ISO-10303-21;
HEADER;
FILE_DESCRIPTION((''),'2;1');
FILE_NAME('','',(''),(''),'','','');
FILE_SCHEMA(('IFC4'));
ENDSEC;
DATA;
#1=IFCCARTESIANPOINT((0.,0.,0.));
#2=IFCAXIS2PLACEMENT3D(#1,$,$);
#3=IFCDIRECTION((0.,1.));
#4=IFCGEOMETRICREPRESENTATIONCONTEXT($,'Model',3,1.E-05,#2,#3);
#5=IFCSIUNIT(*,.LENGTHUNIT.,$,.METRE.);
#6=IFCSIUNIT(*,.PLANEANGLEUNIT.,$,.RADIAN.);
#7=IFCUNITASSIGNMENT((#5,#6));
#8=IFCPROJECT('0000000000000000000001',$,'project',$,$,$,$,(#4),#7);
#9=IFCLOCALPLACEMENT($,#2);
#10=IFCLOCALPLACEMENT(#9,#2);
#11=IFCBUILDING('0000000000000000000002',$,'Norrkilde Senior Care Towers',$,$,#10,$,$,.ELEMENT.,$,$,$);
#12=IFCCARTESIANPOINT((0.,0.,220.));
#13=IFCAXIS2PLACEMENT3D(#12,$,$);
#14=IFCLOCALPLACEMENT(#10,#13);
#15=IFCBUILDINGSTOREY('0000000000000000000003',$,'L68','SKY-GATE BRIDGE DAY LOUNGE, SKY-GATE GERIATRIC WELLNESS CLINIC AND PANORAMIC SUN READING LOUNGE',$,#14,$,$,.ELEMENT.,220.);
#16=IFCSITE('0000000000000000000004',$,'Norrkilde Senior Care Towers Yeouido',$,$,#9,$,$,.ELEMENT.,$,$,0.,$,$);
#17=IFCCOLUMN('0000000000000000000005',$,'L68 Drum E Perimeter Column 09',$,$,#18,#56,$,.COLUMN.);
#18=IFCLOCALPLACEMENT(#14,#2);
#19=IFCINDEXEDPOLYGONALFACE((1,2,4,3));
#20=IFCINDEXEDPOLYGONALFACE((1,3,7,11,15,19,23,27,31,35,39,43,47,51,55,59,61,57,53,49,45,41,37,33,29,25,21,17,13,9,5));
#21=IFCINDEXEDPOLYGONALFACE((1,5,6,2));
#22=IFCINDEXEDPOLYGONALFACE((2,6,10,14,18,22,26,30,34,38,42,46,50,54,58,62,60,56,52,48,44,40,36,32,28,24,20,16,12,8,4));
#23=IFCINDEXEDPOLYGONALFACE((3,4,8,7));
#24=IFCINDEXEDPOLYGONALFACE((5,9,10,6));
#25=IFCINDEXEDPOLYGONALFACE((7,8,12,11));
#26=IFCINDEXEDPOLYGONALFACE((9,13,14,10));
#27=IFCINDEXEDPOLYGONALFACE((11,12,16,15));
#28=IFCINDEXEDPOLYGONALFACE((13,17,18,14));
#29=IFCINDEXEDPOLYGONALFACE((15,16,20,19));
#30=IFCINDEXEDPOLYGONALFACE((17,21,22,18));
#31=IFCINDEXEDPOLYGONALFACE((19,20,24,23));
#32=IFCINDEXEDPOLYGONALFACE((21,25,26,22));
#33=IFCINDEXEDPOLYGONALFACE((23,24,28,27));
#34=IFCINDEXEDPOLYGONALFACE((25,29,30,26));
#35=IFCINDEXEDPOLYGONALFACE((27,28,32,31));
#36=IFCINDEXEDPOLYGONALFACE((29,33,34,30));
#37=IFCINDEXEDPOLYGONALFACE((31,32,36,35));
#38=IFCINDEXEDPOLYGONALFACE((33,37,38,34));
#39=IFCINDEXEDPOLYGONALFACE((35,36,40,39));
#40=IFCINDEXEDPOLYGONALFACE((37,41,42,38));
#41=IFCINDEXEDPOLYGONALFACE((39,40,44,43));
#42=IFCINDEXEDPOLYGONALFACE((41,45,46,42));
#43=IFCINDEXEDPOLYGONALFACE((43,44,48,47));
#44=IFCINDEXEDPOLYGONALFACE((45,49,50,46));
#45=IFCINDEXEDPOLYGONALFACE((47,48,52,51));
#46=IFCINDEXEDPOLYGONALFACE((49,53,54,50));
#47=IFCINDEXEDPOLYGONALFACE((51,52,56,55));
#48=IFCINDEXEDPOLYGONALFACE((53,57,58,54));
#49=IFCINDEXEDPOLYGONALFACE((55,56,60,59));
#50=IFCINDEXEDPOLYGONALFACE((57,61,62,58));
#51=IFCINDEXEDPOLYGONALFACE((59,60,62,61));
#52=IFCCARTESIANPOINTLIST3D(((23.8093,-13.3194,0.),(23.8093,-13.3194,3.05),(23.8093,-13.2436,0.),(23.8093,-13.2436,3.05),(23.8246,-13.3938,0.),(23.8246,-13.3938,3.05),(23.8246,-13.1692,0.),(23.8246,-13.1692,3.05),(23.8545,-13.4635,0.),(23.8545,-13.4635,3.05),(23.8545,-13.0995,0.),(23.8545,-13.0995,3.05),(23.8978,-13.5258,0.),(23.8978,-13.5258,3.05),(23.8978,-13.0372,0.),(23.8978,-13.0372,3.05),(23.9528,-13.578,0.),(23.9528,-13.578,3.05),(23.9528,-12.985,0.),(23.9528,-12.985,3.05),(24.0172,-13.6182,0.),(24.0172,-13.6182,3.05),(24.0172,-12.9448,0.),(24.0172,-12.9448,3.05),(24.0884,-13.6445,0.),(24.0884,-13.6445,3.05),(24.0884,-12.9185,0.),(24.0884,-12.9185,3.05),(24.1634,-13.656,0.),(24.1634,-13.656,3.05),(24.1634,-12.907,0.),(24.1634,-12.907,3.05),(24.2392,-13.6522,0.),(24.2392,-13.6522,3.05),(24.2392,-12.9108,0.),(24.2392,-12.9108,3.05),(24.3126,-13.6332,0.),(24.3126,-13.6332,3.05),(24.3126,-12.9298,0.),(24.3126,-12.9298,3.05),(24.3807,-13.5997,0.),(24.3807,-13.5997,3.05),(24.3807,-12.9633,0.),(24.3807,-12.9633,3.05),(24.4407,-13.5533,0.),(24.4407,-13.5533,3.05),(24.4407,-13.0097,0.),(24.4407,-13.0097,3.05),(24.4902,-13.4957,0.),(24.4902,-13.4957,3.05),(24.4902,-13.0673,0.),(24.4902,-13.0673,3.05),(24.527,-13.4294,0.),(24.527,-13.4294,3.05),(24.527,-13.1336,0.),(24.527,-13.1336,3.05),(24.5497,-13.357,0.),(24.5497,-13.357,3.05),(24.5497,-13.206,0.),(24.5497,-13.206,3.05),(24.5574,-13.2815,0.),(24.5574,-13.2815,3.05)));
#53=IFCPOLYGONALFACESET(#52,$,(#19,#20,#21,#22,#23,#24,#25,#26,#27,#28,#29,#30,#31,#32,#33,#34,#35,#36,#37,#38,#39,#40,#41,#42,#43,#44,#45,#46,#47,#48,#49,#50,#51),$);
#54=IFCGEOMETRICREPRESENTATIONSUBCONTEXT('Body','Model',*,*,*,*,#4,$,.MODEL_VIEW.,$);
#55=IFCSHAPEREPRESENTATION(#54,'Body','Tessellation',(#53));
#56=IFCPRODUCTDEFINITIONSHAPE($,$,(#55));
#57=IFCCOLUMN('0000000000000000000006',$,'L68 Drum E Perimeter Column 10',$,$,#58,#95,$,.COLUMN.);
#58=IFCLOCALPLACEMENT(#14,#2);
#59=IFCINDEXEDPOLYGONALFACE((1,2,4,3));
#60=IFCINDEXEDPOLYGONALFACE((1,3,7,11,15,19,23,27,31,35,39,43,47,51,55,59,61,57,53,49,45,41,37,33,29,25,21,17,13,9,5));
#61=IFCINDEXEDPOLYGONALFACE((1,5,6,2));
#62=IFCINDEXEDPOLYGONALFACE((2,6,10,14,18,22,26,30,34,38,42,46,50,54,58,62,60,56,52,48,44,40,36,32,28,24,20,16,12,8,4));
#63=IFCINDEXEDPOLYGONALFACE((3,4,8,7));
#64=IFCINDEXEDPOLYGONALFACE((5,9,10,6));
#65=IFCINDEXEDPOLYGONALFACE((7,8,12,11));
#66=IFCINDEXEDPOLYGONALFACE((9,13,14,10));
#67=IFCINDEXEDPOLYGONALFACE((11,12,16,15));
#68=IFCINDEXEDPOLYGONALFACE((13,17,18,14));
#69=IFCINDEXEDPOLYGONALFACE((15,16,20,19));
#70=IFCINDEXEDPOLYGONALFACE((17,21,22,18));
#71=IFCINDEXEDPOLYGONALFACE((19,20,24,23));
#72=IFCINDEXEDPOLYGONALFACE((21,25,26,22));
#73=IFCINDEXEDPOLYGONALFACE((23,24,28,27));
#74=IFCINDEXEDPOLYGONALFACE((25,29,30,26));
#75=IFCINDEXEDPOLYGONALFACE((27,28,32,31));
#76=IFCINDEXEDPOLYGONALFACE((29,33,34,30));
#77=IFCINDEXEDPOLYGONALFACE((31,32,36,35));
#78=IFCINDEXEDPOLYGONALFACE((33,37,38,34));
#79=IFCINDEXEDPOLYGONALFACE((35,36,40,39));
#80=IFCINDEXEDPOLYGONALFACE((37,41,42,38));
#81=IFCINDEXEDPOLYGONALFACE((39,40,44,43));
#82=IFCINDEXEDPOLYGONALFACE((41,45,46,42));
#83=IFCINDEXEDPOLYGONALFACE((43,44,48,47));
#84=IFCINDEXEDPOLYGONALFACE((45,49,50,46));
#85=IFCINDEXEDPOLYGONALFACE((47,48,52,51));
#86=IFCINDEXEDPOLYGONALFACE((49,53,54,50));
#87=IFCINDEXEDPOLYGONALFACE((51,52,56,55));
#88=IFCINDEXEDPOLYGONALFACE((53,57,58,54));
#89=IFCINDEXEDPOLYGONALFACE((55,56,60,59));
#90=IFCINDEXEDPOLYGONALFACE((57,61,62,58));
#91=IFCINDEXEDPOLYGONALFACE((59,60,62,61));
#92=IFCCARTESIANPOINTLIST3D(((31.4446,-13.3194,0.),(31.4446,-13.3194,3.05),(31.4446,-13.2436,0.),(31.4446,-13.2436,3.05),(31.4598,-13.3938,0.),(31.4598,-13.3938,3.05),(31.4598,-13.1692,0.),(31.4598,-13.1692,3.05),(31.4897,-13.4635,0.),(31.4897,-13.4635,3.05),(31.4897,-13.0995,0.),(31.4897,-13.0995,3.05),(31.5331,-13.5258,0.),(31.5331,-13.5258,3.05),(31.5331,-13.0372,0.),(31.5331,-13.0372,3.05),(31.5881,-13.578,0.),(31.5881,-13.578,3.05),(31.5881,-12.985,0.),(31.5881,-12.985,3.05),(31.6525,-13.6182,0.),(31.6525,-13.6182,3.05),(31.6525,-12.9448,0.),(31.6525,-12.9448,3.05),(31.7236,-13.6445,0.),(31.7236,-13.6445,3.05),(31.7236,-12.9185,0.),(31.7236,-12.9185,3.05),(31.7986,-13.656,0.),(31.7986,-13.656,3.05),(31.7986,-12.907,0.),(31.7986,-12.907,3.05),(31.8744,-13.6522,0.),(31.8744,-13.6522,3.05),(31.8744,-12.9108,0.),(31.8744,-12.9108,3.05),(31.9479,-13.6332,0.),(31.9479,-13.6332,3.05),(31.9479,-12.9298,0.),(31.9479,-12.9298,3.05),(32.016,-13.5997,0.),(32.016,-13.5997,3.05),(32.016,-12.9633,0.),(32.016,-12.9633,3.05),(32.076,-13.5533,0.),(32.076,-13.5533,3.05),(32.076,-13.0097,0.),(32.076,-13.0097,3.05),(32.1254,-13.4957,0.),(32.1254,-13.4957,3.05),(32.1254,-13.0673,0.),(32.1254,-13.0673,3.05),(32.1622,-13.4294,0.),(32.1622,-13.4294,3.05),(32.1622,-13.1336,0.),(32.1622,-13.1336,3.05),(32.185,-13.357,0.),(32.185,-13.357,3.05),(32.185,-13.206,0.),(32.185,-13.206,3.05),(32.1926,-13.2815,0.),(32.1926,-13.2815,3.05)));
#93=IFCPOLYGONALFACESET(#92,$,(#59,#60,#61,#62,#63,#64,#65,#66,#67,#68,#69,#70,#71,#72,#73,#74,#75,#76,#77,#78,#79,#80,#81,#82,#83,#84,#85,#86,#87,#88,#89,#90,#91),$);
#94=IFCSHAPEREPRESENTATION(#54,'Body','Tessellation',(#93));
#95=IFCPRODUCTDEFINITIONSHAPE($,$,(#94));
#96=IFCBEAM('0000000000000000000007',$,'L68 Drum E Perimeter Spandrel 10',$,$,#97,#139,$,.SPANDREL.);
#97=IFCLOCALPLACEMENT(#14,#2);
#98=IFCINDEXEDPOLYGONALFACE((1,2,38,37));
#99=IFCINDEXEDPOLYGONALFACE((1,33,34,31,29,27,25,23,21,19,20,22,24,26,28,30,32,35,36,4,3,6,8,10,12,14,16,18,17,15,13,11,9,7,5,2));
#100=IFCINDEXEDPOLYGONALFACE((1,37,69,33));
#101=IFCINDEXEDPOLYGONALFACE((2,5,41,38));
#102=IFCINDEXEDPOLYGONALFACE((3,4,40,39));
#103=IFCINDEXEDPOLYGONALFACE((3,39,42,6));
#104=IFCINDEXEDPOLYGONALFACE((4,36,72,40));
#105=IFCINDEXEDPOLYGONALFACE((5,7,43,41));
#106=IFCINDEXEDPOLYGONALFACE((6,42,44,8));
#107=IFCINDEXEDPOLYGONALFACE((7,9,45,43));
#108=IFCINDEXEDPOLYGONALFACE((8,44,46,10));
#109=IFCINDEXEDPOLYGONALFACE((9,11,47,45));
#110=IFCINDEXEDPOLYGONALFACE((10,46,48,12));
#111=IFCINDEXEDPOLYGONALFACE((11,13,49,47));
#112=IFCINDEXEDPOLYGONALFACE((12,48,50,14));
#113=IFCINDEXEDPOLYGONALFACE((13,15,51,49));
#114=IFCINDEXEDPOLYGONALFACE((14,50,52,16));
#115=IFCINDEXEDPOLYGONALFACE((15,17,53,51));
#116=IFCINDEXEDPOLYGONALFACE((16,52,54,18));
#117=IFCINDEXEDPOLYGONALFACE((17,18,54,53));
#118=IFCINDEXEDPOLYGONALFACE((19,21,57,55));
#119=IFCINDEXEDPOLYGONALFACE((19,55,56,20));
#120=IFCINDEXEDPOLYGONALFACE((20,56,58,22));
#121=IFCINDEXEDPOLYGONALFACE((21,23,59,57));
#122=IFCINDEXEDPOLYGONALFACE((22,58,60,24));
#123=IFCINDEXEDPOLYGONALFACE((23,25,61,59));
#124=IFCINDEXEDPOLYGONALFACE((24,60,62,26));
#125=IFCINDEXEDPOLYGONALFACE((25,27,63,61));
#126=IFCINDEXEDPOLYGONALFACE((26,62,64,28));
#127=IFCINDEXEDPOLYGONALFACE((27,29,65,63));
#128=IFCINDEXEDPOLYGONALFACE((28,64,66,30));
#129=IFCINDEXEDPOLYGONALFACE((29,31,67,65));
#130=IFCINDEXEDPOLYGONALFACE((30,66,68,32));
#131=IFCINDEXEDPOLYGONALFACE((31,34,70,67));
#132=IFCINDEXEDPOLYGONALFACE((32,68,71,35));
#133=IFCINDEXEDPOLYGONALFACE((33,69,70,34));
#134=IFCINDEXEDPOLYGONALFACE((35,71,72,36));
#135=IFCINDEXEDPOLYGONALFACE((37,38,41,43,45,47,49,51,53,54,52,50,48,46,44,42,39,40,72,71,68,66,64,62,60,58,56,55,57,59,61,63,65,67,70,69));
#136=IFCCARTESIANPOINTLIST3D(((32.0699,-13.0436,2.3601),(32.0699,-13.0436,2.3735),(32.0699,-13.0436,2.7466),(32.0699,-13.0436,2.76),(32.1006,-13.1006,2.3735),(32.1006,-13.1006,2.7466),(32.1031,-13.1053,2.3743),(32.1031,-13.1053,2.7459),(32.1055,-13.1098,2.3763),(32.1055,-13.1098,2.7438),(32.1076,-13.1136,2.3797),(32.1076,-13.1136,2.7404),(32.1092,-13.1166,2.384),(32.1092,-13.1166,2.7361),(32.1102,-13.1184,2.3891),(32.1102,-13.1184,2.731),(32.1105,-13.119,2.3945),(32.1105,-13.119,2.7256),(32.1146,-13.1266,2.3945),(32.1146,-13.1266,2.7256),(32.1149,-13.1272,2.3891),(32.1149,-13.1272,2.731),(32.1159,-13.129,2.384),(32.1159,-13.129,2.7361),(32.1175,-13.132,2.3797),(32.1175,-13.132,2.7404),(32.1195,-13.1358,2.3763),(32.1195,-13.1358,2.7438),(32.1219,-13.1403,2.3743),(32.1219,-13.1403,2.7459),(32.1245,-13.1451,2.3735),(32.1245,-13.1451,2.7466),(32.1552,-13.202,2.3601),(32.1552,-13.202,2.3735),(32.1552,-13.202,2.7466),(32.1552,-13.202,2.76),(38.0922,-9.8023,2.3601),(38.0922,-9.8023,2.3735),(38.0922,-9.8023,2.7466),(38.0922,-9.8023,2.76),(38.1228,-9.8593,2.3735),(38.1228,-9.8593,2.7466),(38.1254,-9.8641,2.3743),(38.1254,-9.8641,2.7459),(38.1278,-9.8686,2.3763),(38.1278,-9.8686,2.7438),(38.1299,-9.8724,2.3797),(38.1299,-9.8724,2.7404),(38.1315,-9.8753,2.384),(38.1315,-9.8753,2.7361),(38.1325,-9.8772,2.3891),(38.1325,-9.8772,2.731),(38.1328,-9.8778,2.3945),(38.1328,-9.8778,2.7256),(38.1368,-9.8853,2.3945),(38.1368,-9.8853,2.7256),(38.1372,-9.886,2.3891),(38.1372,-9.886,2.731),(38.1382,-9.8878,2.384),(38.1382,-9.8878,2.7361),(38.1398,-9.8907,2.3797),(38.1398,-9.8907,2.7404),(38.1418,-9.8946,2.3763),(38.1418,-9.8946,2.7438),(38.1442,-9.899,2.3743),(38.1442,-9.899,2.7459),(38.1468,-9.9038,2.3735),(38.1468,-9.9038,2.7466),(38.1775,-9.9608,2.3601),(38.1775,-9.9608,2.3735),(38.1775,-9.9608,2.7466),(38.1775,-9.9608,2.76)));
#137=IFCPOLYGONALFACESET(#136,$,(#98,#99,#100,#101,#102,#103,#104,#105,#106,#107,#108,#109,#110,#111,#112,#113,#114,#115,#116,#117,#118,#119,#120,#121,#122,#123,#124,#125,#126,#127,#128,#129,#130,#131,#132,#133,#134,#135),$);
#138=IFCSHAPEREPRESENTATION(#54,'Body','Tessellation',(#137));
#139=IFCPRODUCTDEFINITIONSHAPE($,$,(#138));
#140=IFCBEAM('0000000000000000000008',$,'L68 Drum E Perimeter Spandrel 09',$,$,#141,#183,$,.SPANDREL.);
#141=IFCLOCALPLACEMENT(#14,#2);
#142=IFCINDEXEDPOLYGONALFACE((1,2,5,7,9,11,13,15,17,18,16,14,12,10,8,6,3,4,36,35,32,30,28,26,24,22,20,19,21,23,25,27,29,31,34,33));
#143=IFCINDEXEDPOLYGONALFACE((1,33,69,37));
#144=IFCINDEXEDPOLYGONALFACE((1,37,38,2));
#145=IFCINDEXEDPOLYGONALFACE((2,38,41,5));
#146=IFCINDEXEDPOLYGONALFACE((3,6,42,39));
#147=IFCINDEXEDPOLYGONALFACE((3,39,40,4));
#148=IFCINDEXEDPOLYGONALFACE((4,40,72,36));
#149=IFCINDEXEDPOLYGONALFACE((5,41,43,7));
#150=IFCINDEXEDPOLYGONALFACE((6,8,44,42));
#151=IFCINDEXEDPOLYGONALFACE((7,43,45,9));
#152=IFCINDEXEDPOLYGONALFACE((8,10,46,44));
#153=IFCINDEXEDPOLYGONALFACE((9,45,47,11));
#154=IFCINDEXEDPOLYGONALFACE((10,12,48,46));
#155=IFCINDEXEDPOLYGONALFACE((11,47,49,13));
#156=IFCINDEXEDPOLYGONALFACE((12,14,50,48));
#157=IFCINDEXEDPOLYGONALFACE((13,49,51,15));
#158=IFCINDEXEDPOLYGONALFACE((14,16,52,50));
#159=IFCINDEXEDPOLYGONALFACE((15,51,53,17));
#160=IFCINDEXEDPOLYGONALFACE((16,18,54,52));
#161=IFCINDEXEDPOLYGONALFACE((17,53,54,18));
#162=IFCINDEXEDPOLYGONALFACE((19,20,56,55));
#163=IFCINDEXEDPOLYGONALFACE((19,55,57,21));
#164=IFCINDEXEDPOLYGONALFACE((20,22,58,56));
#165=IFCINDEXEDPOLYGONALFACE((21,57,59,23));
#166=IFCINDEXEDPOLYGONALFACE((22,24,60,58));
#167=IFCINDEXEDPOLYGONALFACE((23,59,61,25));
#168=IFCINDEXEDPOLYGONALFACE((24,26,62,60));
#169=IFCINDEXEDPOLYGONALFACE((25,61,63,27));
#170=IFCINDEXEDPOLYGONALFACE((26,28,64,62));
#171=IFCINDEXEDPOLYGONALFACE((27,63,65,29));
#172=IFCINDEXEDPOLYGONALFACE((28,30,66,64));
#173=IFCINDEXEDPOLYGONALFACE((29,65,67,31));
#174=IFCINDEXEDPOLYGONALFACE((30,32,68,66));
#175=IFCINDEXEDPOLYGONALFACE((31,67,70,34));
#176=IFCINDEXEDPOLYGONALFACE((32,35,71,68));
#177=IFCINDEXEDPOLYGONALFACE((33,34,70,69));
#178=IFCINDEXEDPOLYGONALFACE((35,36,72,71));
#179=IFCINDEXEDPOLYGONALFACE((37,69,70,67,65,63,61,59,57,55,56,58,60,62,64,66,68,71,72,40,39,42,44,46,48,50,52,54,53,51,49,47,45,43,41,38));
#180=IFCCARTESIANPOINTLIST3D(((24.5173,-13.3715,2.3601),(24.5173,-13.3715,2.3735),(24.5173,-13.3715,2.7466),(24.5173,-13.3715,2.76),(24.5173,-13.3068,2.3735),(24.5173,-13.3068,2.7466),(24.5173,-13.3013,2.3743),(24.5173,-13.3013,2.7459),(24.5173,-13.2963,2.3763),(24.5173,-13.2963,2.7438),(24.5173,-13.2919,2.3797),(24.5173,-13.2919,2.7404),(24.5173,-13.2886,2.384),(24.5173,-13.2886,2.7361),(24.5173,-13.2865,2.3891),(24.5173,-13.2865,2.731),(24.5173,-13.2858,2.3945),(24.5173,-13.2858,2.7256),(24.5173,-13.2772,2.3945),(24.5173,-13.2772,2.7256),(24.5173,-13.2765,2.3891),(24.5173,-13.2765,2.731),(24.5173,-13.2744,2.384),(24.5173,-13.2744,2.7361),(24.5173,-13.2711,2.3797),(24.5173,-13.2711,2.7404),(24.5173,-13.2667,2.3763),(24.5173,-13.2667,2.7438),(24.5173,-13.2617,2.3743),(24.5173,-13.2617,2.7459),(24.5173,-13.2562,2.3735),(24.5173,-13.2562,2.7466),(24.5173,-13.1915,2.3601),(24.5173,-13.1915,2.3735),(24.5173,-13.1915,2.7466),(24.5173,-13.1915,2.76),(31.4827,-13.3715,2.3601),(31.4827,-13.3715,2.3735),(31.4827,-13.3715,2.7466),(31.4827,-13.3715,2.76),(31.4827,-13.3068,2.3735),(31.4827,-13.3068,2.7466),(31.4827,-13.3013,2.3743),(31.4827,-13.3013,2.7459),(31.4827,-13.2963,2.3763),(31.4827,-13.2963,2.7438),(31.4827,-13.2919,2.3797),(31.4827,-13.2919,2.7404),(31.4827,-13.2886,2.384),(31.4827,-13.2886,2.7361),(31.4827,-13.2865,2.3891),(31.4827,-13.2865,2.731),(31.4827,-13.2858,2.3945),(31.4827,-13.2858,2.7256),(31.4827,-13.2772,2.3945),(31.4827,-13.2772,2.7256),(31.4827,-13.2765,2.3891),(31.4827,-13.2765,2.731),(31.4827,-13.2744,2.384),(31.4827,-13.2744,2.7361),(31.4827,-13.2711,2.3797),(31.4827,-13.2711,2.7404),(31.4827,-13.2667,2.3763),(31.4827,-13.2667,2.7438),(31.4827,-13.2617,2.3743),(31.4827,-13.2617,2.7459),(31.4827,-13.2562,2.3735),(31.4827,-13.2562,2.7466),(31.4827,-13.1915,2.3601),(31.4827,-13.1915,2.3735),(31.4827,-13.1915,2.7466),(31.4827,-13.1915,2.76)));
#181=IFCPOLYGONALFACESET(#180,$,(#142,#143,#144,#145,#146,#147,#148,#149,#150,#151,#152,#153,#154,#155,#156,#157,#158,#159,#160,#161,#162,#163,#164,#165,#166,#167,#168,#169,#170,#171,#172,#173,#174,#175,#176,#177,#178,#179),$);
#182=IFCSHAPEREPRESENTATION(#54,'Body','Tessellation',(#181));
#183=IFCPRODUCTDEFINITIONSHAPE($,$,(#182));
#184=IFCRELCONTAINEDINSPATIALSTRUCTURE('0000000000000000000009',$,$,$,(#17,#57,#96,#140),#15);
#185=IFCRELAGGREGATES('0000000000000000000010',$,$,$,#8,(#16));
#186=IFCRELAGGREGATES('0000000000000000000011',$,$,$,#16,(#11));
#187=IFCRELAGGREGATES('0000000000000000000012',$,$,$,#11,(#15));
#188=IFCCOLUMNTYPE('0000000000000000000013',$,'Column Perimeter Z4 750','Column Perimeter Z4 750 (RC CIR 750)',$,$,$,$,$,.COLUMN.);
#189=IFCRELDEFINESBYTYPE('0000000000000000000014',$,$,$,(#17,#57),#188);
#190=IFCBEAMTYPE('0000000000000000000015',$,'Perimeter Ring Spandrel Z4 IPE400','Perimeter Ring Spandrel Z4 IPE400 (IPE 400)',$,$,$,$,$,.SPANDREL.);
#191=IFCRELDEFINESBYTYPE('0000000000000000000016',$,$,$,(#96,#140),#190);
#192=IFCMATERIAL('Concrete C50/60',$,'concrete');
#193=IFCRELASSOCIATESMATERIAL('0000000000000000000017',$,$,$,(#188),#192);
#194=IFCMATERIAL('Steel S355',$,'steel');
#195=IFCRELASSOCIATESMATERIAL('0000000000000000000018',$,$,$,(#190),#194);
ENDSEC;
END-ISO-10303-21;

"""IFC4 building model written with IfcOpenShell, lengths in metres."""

from ifc_helpers import new_model, si_unit, direction, frame, origin, origin_2d, place, context, subcontext, project, spatial, circle, i_section, extrude, source, transform, mapped, material, material_profile, profile_set, type_object, type_shapes, element, save


model = new_model("IFC4")

# Units and contexts
model_context = context("Model", 3, precision=1e-05, world=origin(), true_north=direction((0.0, 1.0)))
body_context = subcontext(model_context, "Body", "Model", "MODEL_VIEW")
ifc_project = project(units=[si_unit("LENGTHUNIT", "METRE"), si_unit("PLANEANGLEUNIT", "RADIAN")], contexts=[model_context])

# Site, building, storey
site_placement = place(None, origin())
site = spatial("IfcSite", under=ifc_project, at=site_placement, Name="Norrkilde Senior Care Towers Yeouido", CompositionType="ELEMENT", RefElevation=0.0)
building_placement = place(site_placement, origin())
building = spatial("IfcBuilding", under=site, at=building_placement, Name="Norrkilde Senior Care Towers", CompositionType="ELEMENT")
storey_placement = place(building_placement, frame((0.0, 0.0, 220.0)))
storey = spatial("IfcBuildingStorey", under=building, at=storey_placement, Name="L68", Description="SKY-GATE BRIDGE DAY LOUNGE, SKY-GATE GERIATRIC WELLNESS CLINIC AND PANORAMIC SUN READING LOUNGE", CompositionType="ELEMENT", Elevation=220.0)

# Columns
ifc_material_1 = material(Name="Concrete C50/60", Category="concrete")
ifc_material_profile_1 = material_profile(ifc_material_1, circle(Radius=0.375, at=origin_2d()), Name="RC CIR 750")
ifc_profile_set_1 = profile_set([ifc_material_profile_1], Name="Concrete C50/60")
column_type = type_object("IfcColumnType", Name="Column Perimeter Z4 750", Description="Column Perimeter Z4 750 (RC CIR 750)", PredefinedType="COLUMN", material=ifc_profile_set_1)
shared_shape_1 = source(origin(), body_context, "Body", "SweptSolid", [
    extrude(circle(Radius=0.375, at=origin_2d()), origin(), (0.0, 0.0, 1.0), 3.05),
])
type_shapes(column_type, [shared_shape_1])
for number, where, z_axis, x_axis, name in (
    (1, (24.1824, -13.2815, 0.0), (0.0, 0.0, 1.0), (1.0, 0.0, 0.0), "L68 Drum E Perimeter Column 09"),
    (2, (31.8176, -13.2815, 0.0), (0.0, 0.0, 1.0), (1.0, 0.0, 0.0), "L68 Drum E Perimeter Column 10"),
):
    element("IfcColumn", number, at=place(storey_placement, frame(where, z_axis=z_axis, x_axis=x_axis)), inside=storey, type_object=column_type, Name=name, PredefinedType="COLUMN", context=body_context, shape_type="MappedRepresentation", body=[
        mapped(shared_shape_1, transform((0.0, 0.0, 0.0), x_axis=(1.0, 0.0, 0.0), y_axis=(0.0, 1.0, 0.0), z_axis=(0.0, 0.0, 1.0), scale=1.0)),
    ])

# Beams
ifc_material_2 = material(Name="Steel S355", Category="steel")
ifc_material_profile_2 = material_profile(ifc_material_2, i_section(OverallWidth=0.1799, OverallDepth=0.3999, WebThickness=0.0085, FlangeThickness=0.0134, FilletRadius=0.021, at=origin_2d()), Name="IPE 400")
ifc_profile_set_2 = profile_set([ifc_material_profile_2], Name="Steel S355")
beam_type_1 = type_object("IfcBeamType", Name="Perimeter Ring Spandrel Z4 IPE400", Description="Perimeter Ring Spandrel Z4 IPE400 (IPE 400)", PredefinedType="SPANDREL", material=ifc_profile_set_2)
shared_shape_2 = source(origin(), body_context, "Body", "SweptSolid", [
    extrude(i_section(OverallWidth=0.1799, OverallDepth=0.3999, WebThickness=0.0085, FlangeThickness=0.0134, FilletRadius=0.021, at=origin_2d()), origin(), (0.0, 0.0, 1.0), 6.8391),
])
beam_1_placement = place(storey_placement, frame((32.1125, -13.1228, 2.5601), z_axis=(0.880564, 0.473927, 0.0), x_axis=(-0.473927, 0.880564, 0.0)))
element("IfcBeam", 3, at=beam_1_placement, inside=storey, type_object=beam_type_1, Name="L68 Drum E Perimeter Spandrel 10", PredefinedType="SPANDREL", context=body_context, shape_type="MappedRepresentation", body=[
    mapped(shared_shape_2, transform((0.0, 0.0, 0.0), x_axis=(1.0, 0.0, 0.0), y_axis=(0.0, 1.0, 0.0), z_axis=(0.0, 0.0, 1.0), scale=1.0)),
])
shared_shape_3 = source(origin(), body_context, "Body", "SweptSolid", [
    extrude(i_section(OverallWidth=0.1799, OverallDepth=0.3999, WebThickness=0.0085, FlangeThickness=0.0134, FilletRadius=0.021, at=origin_2d()), origin(), (0.0, 0.0, 1.0), 6.9653),
])
type_shapes(beam_type_1, [shared_shape_2, shared_shape_3])
beam_2_placement = place(storey_placement, frame((24.5173, -13.2815, 2.5601), z_axis=(1.0, 0.0, 0.0), x_axis=(0.0, 1.0, 0.0)))
element("IfcBeam", 4, at=beam_2_placement, inside=storey, type_object=beam_type_1, Name="L68 Drum E Perimeter Spandrel 09", PredefinedType="SPANDREL", context=body_context, shape_type="MappedRepresentation", body=[
    mapped(shared_shape_3, transform((0.0, 0.0, 0.0), x_axis=(1.0, 0.0, 0.0), y_axis=(0.0, 1.0, 0.0), z_axis=(0.0, 0.0, 1.0), scale=1.0)),
])

save(model, "model.ifc")
